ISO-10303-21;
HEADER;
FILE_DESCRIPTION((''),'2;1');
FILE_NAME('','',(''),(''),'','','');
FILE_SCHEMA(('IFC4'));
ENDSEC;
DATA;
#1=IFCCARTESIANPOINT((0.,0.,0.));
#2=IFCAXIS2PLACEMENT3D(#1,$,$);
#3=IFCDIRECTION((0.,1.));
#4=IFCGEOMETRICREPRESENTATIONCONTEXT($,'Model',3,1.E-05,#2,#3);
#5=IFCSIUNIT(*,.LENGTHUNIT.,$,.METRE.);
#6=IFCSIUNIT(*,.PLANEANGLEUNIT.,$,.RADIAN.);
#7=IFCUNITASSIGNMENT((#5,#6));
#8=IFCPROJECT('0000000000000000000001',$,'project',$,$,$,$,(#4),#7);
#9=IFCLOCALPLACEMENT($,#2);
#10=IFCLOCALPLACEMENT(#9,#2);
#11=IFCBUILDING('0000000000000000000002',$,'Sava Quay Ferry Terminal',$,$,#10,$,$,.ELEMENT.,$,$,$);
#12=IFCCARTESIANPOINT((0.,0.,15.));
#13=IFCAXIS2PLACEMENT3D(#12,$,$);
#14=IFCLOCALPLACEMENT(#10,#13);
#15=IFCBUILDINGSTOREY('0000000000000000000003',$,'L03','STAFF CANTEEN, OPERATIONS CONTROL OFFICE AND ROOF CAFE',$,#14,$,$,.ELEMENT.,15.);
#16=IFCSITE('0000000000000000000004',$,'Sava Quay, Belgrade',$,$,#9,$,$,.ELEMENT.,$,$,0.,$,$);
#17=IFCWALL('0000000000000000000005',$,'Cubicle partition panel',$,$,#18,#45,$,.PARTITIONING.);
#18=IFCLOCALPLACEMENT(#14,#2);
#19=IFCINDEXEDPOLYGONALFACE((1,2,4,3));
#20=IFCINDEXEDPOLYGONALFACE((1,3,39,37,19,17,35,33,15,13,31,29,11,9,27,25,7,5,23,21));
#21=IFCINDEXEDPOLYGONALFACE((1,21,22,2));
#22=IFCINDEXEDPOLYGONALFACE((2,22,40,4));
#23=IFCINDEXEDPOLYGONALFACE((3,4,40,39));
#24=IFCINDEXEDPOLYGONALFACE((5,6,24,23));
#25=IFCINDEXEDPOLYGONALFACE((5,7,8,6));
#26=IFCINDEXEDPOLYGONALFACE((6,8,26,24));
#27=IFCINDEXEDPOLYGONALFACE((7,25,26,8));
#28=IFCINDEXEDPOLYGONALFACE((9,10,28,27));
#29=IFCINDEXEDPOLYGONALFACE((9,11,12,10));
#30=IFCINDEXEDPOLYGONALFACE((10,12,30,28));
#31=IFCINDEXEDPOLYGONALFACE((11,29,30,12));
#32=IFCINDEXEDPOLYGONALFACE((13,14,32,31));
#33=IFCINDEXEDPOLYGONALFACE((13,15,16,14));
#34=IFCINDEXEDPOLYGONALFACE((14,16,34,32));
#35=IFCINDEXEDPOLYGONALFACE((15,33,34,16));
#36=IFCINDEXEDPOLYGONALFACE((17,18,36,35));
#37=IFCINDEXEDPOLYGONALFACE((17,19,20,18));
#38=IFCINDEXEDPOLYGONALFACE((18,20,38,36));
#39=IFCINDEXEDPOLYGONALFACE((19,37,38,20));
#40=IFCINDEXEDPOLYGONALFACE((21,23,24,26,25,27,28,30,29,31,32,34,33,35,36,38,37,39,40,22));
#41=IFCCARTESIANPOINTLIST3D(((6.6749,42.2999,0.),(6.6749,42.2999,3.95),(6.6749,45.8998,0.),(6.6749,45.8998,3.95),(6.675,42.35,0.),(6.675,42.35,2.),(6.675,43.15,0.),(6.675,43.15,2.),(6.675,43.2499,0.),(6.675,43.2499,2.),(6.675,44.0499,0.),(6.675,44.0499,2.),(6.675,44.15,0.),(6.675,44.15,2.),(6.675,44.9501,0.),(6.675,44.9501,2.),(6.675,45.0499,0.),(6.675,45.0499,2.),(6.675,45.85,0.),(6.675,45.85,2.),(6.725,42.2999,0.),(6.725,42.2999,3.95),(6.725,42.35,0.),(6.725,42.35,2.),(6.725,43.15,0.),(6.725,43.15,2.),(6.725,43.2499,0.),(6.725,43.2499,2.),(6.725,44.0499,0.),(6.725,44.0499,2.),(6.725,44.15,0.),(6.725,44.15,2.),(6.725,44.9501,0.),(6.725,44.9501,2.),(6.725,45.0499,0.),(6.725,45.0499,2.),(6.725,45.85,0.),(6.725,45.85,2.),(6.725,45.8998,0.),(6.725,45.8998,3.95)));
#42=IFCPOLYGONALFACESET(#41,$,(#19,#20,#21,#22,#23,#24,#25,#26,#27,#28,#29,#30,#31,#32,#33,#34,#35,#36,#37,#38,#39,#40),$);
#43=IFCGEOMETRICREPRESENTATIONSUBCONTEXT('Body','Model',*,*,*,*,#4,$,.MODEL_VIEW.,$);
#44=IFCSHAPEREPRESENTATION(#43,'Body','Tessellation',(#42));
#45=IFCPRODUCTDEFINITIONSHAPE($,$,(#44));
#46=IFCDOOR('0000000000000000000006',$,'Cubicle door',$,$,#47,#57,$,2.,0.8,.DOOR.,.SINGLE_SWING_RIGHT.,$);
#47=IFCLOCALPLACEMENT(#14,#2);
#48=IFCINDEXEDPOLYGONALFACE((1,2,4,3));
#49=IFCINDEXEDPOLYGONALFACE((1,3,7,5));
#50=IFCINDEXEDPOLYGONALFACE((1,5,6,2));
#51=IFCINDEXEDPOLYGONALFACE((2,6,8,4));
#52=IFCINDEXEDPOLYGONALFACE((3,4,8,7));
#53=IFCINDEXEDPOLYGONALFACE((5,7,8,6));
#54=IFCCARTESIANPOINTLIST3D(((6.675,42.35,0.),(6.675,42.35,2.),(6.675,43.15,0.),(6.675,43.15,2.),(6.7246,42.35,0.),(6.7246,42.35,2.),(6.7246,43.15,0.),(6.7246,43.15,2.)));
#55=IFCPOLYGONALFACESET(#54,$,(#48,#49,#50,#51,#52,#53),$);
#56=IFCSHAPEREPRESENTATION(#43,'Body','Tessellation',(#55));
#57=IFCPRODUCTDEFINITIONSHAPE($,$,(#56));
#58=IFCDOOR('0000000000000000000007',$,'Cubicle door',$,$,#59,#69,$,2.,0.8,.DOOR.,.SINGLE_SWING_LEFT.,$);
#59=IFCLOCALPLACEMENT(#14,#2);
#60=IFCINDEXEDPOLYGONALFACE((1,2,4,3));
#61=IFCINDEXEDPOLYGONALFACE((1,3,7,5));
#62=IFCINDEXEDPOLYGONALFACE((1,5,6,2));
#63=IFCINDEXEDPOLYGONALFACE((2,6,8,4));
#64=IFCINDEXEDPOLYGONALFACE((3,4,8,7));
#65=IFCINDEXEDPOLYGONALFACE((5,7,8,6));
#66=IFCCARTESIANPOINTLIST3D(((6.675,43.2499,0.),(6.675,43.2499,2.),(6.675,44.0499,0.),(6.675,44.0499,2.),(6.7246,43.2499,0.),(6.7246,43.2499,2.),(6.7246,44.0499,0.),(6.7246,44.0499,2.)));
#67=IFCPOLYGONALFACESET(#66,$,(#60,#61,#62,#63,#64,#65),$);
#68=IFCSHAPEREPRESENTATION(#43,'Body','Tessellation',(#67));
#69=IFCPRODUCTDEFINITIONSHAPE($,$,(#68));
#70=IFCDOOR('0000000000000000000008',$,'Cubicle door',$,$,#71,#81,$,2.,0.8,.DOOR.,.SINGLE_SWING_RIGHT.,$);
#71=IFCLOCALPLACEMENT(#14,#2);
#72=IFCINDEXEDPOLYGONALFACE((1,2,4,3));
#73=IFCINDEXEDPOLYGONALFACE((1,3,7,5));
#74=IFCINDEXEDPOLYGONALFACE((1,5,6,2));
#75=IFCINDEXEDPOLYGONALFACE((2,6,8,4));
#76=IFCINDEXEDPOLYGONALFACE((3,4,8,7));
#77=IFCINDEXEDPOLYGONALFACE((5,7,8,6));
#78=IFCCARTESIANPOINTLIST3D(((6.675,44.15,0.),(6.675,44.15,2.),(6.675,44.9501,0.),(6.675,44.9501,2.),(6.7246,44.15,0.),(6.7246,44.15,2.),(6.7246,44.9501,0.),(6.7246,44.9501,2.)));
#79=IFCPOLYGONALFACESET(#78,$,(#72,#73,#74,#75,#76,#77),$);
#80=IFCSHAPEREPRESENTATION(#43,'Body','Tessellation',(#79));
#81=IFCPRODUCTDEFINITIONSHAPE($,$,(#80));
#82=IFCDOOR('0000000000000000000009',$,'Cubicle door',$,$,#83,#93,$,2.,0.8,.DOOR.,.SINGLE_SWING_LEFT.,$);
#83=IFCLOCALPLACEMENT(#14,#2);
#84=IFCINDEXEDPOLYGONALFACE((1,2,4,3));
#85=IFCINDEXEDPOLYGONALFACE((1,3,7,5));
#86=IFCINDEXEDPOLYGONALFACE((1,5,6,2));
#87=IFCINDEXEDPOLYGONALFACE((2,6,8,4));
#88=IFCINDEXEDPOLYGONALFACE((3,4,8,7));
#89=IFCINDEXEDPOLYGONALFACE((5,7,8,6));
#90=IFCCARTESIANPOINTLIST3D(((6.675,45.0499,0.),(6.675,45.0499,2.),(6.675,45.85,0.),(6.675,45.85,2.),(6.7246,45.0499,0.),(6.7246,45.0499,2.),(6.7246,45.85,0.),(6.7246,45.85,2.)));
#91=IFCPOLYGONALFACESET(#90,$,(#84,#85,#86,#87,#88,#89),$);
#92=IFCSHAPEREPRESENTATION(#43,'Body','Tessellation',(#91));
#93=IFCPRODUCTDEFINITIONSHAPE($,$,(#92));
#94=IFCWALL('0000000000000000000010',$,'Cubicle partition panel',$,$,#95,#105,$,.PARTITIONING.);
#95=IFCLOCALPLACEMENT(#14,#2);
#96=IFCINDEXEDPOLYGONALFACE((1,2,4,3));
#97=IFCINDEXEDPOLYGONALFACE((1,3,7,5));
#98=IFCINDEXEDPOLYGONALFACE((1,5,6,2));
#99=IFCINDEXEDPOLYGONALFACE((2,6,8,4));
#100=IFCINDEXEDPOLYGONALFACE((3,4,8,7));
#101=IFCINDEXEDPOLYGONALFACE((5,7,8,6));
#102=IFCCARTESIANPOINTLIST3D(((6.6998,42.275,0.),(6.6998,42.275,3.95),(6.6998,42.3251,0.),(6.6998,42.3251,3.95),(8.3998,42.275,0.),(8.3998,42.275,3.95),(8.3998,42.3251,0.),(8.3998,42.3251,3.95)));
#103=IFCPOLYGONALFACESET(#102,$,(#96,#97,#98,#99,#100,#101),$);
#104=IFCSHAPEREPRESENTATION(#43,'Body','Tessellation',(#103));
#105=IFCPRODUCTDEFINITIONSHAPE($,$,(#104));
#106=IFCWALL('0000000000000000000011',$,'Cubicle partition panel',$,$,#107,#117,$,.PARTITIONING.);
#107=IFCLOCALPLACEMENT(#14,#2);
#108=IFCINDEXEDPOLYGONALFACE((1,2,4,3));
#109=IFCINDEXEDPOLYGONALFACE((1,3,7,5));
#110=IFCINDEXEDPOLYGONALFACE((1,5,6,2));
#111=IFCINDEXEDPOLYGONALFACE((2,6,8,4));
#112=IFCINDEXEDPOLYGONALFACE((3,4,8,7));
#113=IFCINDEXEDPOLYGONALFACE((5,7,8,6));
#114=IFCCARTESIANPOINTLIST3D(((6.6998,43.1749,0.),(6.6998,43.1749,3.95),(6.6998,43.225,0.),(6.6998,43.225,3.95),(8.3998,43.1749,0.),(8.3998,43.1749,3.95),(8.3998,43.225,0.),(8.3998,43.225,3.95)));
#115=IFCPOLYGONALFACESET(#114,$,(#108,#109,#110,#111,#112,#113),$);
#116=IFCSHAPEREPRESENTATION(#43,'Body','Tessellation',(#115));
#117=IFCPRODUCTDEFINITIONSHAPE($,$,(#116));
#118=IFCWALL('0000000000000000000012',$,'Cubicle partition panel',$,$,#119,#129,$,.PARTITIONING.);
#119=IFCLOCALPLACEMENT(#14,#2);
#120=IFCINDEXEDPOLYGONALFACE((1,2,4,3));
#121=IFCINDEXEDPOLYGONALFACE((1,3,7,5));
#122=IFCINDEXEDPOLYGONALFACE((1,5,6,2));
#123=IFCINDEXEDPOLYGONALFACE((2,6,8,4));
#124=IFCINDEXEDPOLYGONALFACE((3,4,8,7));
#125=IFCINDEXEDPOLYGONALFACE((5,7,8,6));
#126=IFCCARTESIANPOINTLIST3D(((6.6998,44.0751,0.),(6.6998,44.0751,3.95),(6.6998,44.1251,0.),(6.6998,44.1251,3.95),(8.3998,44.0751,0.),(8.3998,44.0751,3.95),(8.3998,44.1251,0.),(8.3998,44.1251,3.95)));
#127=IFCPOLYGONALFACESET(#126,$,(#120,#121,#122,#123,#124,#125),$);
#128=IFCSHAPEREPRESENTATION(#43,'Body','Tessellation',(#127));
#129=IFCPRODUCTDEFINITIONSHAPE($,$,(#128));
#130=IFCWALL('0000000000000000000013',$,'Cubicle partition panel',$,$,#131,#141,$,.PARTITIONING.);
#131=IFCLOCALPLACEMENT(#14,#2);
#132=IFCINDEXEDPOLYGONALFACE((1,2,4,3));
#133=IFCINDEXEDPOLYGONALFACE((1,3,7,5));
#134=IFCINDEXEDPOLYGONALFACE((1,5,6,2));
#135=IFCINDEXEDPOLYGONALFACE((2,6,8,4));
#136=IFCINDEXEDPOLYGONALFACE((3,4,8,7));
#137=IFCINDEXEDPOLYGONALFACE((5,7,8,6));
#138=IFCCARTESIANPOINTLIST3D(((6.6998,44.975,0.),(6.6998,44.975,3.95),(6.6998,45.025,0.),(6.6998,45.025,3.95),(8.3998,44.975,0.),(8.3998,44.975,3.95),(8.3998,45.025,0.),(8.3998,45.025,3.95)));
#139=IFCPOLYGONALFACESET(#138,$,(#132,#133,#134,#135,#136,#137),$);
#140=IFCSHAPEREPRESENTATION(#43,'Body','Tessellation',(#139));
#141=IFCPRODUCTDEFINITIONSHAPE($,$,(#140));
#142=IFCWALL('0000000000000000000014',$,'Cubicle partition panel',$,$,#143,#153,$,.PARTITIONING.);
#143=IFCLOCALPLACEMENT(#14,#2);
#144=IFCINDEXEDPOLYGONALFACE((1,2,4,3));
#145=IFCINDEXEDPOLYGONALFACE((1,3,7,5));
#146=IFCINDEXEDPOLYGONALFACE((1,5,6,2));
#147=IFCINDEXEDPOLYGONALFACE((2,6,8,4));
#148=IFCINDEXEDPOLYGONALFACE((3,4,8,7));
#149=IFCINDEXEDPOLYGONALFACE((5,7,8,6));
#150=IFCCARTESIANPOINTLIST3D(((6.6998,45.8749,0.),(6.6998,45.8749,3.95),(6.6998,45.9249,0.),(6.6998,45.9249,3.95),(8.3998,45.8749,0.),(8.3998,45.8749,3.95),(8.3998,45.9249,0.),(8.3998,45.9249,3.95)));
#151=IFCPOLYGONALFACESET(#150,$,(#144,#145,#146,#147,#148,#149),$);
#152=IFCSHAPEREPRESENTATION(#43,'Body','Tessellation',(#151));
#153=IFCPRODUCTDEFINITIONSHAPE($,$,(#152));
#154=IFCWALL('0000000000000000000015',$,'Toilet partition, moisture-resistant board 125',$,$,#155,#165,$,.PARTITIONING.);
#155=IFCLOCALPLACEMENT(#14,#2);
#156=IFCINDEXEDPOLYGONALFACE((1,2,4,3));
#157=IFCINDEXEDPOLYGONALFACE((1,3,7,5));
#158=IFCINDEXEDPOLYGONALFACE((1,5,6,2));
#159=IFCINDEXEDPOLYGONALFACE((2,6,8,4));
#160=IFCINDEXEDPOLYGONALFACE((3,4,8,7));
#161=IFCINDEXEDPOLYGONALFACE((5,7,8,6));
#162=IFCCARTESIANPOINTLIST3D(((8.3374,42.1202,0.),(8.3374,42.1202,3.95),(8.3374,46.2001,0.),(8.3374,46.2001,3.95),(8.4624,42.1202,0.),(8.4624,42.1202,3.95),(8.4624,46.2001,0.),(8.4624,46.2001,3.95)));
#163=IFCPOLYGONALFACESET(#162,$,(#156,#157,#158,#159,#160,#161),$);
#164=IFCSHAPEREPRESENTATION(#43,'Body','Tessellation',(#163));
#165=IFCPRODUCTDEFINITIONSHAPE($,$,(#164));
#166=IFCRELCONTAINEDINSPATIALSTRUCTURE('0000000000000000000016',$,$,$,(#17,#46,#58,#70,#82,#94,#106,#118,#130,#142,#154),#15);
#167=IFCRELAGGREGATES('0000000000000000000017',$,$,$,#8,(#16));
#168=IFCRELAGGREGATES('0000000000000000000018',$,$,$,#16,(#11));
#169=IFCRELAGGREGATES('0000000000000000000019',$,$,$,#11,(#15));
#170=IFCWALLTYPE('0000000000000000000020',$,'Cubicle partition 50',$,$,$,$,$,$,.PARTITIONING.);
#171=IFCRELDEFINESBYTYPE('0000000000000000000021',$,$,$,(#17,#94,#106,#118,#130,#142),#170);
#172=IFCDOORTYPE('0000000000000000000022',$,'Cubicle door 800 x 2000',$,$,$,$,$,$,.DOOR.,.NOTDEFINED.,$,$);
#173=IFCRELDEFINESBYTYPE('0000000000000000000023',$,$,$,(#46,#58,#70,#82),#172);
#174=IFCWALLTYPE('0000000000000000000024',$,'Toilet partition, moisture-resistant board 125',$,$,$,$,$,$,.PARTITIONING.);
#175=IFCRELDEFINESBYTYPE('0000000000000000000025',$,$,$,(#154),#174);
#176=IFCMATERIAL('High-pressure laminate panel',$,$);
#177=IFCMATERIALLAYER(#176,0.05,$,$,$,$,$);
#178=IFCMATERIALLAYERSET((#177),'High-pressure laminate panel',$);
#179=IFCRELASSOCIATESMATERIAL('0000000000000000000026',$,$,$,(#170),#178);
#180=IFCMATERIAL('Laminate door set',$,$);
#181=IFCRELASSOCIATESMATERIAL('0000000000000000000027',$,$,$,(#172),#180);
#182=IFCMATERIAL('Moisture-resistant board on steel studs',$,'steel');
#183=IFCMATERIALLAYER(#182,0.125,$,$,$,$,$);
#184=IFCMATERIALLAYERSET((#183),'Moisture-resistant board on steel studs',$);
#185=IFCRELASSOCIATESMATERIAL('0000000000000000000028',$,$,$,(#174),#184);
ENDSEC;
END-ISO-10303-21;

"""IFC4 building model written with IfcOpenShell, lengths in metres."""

from ifc_helpers import new_model, si_unit, direction, frame, frame_2d, origin, place, context, subcontext, project, spatial, rectangle, extrude, material, layer, layer_set, type_object, element, fill, save


model = new_model("IFC4")

# Units and contexts
model_context = context("Model", 3, precision=1e-05, world=origin(), true_north=direction((0.0, 1.0)))
body_context = subcontext(model_context, "Body", "Model", "MODEL_VIEW")
ifc_project = project(units=[si_unit("LENGTHUNIT", "METRE"), si_unit("PLANEANGLEUNIT", "RADIAN")], contexts=[model_context])

# Site, building, storey
site_placement = place(None, origin())
site = spatial("IfcSite", under=ifc_project, at=site_placement, Name="Sava Quay, Belgrade", CompositionType="ELEMENT", RefElevation=0.0)
building_placement = place(site_placement, origin())
building = spatial("IfcBuilding", under=site, at=building_placement, Name="Sava Quay Ferry Terminal", CompositionType="ELEMENT")
storey_placement = place(building_placement, frame((0.0, 0.0, 15.0)))
storey = spatial("IfcBuildingStorey", under=building, at=storey_placement, Name="L03", Description="STAFF CANTEEN, OPERATIONS CONTROL OFFICE AND ROOF CAFE", CompositionType="ELEMENT", Elevation=15.0)

# Wall, openings, doors
ifc_material_1 = material(Name="High-pressure laminate panel")
ifc_layer_1 = layer(ifc_material_1, 0.05)
ifc_layer_set_1 = layer_set([ifc_layer_1], Name="High-pressure laminate panel")
wall_type_1 = type_object("IfcWallType", Name="Cubicle partition 50", PredefinedType="PARTITIONING", material=ifc_layer_set_1)
wall_1_placement = place(storey_placement, frame((6.7, 42.3, 0.0), z_axis=(0.0, 0.0, 1.0), x_axis=(0.0, 1.0, 0.0)))
wall_1 = element("IfcWall", 1, at=wall_1_placement, inside=storey, type_object=wall_type_1, Name="Cubicle partition panel", PredefinedType="PARTITIONING", context=body_context, shape_type="SweptSolid", body=[
    extrude(rectangle(XDim=3.5999, YDim=0.05, at=frame_2d((1.7998, 0.0))), origin(), (0.0, 0.0, 1.0), 3.95),
])
opening_1_placement = place(wall_1_placement, frame((0.05, 0.0, 0.0)))
opening_1 = element("IfcOpeningElement", 2, at=opening_1_placement, cuts=wall_1, PredefinedType="OPENING", context=body_context, shape_type="SweptSolid", body=[
    extrude(rectangle(XDim=0.8, YDim=2.0, at=frame_2d((0.3999, 1.0))), frame((0.0, 0.0249, 0.0), z_axis=(0.0, -1.0, 0.0), x_axis=(1.0, 0.0, 0.0)), (0.0, 0.0, 1.0), 0.05),
])
opening_2_placement = place(wall_1_placement, frame((0.95, 0.0, 0.0)))
opening_2 = element("IfcOpeningElement", 3, at=opening_2_placement, cuts=wall_1, PredefinedType="OPENING", context=body_context, shape_type="SweptSolid", body=[
    extrude(rectangle(XDim=0.8, YDim=2.0, at=frame_2d((0.3999, 1.0))), frame((0.0, 0.0249, 0.0), z_axis=(0.0, -1.0, 0.0), x_axis=(1.0, 0.0, 0.0)), (0.0, 0.0, 1.0), 0.05),
])
opening_3_placement = place(wall_1_placement, frame((1.8501, 0.0, 0.0)))
opening_3 = element("IfcOpeningElement", 4, at=opening_3_placement, cuts=wall_1, PredefinedType="OPENING", context=body_context, shape_type="SweptSolid", body=[
    extrude(rectangle(XDim=0.8, YDim=2.0, at=frame_2d((0.3999, 1.0))), frame((0.0, 0.0249, 0.0), z_axis=(0.0, -1.0, 0.0), x_axis=(1.0, 0.0, 0.0)), (0.0, 0.0, 1.0), 0.05),
])
opening_4_placement = place(wall_1_placement, frame((2.75, 0.0, 0.0)))
opening_4 = element("IfcOpeningElement", 5, at=opening_4_placement, cuts=wall_1, PredefinedType="OPENING", context=body_context, shape_type="SweptSolid", body=[
    extrude(rectangle(XDim=0.8, YDim=2.0, at=frame_2d((0.3999, 1.0))), frame((0.0, 0.0249, 0.0), z_axis=(0.0, -1.0, 0.0), x_axis=(1.0, 0.0, 0.0)), (0.0, 0.0, 1.0), 0.05),
])
ifc_material_2 = material(Name="Laminate door set")
door_type_1 = type_object("IfcDoorType", Name="Cubicle door 800 x 2000", OperationType="NOTDEFINED", PredefinedType="DOOR", material=ifc_material_2)
door_1_placement = place(opening_1_placement, origin())
door_1 = element("IfcDoor", 6, at=door_1_placement, inside=storey, type_object=door_type_1, Name="Cubicle door", OperationType="SINGLE_SWING_RIGHT", OverallHeight=2.0, OverallWidth=0.8, PredefinedType="DOOR", context=body_context, shape_type="SweptSolid", body=[
    extrude(rectangle(XDim=0.8, YDim=2.0, at=frame_2d((0.3999, 1.0))), frame((0.0, 0.0249, 0.0), z_axis=(0.0, -1.0, 0.0), x_axis=(1.0, 0.0, 0.0)), (0.0, 0.0, 1.0), 0.0496),
])
fill(opening_1, door_1)
door_2_placement = place(opening_2_placement, origin())
door_2 = element("IfcDoor", 7, at=door_2_placement, inside=storey, type_object=door_type_1, Name="Cubicle door", OperationType="SINGLE_SWING_LEFT", OverallHeight=2.0, OverallWidth=0.8, PredefinedType="DOOR", context=body_context, shape_type="SweptSolid", body=[
    extrude(rectangle(XDim=0.8, YDim=2.0, at=frame_2d((0.3999, 1.0))), frame((0.0, 0.0249, 0.0), z_axis=(0.0, -1.0, 0.0), x_axis=(1.0, 0.0, 0.0)), (0.0, 0.0, 1.0), 0.0496),
])
fill(opening_2, door_2)
door_3_placement = place(opening_3_placement, origin())
door_3 = element("IfcDoor", 8, at=door_3_placement, inside=storey, type_object=door_type_1, Name="Cubicle door", OperationType="SINGLE_SWING_RIGHT", OverallHeight=2.0, OverallWidth=0.8, PredefinedType="DOOR", context=body_context, shape_type="SweptSolid", body=[
    extrude(rectangle(XDim=0.8, YDim=2.0, at=frame_2d((0.3999, 1.0))), frame((0.0, 0.0249, 0.0), z_axis=(0.0, -1.0, 0.0), x_axis=(1.0, 0.0, 0.0)), (0.0, 0.0, 1.0), 0.0496),
])
fill(opening_3, door_3)
door_4_placement = place(opening_4_placement, origin())
door_4 = element("IfcDoor", 9, at=door_4_placement, inside=storey, type_object=door_type_1, Name="Cubicle door", OperationType="SINGLE_SWING_LEFT", OverallHeight=2.0, OverallWidth=0.8, PredefinedType="DOOR", context=body_context, shape_type="SweptSolid", body=[
    extrude(rectangle(XDim=0.8, YDim=2.0, at=frame_2d((0.3999, 1.0))), frame((0.0, 0.0249, 0.0), z_axis=(0.0, -1.0, 0.0), x_axis=(1.0, 0.0, 0.0)), (0.0, 0.0, 1.0), 0.0496),
])
fill(opening_4, door_4)

# Walls
for number, where, z_axis, x_axis, name in (
    (10, (8.3999, 42.3, 0.0), (0.0, 0.0, 1.0), (-1.0, 0.0, 0.0), "Cubicle partition panel"),
    (11, (8.3999, 43.2, 0.0), (0.0, 0.0, 1.0), (-1.0, 0.0, 0.0), "Cubicle partition panel"),
    (12, (8.3999, 44.1001, 0.0), (0.0, 0.0, 1.0), (-1.0, 0.0, 0.0), "Cubicle partition panel"),
    (13, (8.3999, 45.0, 0.0), (0.0, 0.0, 1.0), (-1.0, 0.0, 0.0), "Cubicle partition panel"),
    (14, (8.3999, 45.8999, 0.0), (0.0, 0.0, 1.0), (-1.0, 0.0, 0.0), "Cubicle partition panel"),
):
    element("IfcWall", number, at=place(storey_placement, frame(where, z_axis=z_axis, x_axis=x_axis)), inside=storey, type_object=wall_type_1, Name=name, PredefinedType="PARTITIONING", context=body_context, shape_type="SweptSolid", body=[
        extrude(rectangle(XDim=1.7, YDim=0.05, at=frame_2d((0.8501, 0.0))), origin(), (0.0, 0.0, 1.0), 3.95),
    ])
ifc_material_3 = material(Name="Moisture-resistant board on steel studs", Category="steel")
ifc_layer_2 = layer(ifc_material_3, 0.125)
ifc_layer_set_2 = layer_set([ifc_layer_2], Name="Moisture-resistant board on steel studs")
wall_type_2 = type_object("IfcWallType", Name="Toilet partition, moisture-resistant board 125", PredefinedType="PARTITIONING", material=ifc_layer_set_2)
wall_2_placement = place(storey_placement, frame((8.3999, 42.1201, 0.0), z_axis=(0.0, 0.0, 1.0), x_axis=(0.0, 1.0, 0.0)))
element("IfcWall", 15, at=wall_2_placement, inside=storey, type_object=wall_type_2, Name="Toilet partition, moisture-resistant board 125", PredefinedType="PARTITIONING", context=body_context, shape_type="SweptSolid", body=[
    extrude(rectangle(XDim=4.0798, YDim=0.125, at=frame_2d((2.04, 0.0))), origin(), (0.0, 0.0, 1.0), 3.95),
])

save(model, "model.ifc")
